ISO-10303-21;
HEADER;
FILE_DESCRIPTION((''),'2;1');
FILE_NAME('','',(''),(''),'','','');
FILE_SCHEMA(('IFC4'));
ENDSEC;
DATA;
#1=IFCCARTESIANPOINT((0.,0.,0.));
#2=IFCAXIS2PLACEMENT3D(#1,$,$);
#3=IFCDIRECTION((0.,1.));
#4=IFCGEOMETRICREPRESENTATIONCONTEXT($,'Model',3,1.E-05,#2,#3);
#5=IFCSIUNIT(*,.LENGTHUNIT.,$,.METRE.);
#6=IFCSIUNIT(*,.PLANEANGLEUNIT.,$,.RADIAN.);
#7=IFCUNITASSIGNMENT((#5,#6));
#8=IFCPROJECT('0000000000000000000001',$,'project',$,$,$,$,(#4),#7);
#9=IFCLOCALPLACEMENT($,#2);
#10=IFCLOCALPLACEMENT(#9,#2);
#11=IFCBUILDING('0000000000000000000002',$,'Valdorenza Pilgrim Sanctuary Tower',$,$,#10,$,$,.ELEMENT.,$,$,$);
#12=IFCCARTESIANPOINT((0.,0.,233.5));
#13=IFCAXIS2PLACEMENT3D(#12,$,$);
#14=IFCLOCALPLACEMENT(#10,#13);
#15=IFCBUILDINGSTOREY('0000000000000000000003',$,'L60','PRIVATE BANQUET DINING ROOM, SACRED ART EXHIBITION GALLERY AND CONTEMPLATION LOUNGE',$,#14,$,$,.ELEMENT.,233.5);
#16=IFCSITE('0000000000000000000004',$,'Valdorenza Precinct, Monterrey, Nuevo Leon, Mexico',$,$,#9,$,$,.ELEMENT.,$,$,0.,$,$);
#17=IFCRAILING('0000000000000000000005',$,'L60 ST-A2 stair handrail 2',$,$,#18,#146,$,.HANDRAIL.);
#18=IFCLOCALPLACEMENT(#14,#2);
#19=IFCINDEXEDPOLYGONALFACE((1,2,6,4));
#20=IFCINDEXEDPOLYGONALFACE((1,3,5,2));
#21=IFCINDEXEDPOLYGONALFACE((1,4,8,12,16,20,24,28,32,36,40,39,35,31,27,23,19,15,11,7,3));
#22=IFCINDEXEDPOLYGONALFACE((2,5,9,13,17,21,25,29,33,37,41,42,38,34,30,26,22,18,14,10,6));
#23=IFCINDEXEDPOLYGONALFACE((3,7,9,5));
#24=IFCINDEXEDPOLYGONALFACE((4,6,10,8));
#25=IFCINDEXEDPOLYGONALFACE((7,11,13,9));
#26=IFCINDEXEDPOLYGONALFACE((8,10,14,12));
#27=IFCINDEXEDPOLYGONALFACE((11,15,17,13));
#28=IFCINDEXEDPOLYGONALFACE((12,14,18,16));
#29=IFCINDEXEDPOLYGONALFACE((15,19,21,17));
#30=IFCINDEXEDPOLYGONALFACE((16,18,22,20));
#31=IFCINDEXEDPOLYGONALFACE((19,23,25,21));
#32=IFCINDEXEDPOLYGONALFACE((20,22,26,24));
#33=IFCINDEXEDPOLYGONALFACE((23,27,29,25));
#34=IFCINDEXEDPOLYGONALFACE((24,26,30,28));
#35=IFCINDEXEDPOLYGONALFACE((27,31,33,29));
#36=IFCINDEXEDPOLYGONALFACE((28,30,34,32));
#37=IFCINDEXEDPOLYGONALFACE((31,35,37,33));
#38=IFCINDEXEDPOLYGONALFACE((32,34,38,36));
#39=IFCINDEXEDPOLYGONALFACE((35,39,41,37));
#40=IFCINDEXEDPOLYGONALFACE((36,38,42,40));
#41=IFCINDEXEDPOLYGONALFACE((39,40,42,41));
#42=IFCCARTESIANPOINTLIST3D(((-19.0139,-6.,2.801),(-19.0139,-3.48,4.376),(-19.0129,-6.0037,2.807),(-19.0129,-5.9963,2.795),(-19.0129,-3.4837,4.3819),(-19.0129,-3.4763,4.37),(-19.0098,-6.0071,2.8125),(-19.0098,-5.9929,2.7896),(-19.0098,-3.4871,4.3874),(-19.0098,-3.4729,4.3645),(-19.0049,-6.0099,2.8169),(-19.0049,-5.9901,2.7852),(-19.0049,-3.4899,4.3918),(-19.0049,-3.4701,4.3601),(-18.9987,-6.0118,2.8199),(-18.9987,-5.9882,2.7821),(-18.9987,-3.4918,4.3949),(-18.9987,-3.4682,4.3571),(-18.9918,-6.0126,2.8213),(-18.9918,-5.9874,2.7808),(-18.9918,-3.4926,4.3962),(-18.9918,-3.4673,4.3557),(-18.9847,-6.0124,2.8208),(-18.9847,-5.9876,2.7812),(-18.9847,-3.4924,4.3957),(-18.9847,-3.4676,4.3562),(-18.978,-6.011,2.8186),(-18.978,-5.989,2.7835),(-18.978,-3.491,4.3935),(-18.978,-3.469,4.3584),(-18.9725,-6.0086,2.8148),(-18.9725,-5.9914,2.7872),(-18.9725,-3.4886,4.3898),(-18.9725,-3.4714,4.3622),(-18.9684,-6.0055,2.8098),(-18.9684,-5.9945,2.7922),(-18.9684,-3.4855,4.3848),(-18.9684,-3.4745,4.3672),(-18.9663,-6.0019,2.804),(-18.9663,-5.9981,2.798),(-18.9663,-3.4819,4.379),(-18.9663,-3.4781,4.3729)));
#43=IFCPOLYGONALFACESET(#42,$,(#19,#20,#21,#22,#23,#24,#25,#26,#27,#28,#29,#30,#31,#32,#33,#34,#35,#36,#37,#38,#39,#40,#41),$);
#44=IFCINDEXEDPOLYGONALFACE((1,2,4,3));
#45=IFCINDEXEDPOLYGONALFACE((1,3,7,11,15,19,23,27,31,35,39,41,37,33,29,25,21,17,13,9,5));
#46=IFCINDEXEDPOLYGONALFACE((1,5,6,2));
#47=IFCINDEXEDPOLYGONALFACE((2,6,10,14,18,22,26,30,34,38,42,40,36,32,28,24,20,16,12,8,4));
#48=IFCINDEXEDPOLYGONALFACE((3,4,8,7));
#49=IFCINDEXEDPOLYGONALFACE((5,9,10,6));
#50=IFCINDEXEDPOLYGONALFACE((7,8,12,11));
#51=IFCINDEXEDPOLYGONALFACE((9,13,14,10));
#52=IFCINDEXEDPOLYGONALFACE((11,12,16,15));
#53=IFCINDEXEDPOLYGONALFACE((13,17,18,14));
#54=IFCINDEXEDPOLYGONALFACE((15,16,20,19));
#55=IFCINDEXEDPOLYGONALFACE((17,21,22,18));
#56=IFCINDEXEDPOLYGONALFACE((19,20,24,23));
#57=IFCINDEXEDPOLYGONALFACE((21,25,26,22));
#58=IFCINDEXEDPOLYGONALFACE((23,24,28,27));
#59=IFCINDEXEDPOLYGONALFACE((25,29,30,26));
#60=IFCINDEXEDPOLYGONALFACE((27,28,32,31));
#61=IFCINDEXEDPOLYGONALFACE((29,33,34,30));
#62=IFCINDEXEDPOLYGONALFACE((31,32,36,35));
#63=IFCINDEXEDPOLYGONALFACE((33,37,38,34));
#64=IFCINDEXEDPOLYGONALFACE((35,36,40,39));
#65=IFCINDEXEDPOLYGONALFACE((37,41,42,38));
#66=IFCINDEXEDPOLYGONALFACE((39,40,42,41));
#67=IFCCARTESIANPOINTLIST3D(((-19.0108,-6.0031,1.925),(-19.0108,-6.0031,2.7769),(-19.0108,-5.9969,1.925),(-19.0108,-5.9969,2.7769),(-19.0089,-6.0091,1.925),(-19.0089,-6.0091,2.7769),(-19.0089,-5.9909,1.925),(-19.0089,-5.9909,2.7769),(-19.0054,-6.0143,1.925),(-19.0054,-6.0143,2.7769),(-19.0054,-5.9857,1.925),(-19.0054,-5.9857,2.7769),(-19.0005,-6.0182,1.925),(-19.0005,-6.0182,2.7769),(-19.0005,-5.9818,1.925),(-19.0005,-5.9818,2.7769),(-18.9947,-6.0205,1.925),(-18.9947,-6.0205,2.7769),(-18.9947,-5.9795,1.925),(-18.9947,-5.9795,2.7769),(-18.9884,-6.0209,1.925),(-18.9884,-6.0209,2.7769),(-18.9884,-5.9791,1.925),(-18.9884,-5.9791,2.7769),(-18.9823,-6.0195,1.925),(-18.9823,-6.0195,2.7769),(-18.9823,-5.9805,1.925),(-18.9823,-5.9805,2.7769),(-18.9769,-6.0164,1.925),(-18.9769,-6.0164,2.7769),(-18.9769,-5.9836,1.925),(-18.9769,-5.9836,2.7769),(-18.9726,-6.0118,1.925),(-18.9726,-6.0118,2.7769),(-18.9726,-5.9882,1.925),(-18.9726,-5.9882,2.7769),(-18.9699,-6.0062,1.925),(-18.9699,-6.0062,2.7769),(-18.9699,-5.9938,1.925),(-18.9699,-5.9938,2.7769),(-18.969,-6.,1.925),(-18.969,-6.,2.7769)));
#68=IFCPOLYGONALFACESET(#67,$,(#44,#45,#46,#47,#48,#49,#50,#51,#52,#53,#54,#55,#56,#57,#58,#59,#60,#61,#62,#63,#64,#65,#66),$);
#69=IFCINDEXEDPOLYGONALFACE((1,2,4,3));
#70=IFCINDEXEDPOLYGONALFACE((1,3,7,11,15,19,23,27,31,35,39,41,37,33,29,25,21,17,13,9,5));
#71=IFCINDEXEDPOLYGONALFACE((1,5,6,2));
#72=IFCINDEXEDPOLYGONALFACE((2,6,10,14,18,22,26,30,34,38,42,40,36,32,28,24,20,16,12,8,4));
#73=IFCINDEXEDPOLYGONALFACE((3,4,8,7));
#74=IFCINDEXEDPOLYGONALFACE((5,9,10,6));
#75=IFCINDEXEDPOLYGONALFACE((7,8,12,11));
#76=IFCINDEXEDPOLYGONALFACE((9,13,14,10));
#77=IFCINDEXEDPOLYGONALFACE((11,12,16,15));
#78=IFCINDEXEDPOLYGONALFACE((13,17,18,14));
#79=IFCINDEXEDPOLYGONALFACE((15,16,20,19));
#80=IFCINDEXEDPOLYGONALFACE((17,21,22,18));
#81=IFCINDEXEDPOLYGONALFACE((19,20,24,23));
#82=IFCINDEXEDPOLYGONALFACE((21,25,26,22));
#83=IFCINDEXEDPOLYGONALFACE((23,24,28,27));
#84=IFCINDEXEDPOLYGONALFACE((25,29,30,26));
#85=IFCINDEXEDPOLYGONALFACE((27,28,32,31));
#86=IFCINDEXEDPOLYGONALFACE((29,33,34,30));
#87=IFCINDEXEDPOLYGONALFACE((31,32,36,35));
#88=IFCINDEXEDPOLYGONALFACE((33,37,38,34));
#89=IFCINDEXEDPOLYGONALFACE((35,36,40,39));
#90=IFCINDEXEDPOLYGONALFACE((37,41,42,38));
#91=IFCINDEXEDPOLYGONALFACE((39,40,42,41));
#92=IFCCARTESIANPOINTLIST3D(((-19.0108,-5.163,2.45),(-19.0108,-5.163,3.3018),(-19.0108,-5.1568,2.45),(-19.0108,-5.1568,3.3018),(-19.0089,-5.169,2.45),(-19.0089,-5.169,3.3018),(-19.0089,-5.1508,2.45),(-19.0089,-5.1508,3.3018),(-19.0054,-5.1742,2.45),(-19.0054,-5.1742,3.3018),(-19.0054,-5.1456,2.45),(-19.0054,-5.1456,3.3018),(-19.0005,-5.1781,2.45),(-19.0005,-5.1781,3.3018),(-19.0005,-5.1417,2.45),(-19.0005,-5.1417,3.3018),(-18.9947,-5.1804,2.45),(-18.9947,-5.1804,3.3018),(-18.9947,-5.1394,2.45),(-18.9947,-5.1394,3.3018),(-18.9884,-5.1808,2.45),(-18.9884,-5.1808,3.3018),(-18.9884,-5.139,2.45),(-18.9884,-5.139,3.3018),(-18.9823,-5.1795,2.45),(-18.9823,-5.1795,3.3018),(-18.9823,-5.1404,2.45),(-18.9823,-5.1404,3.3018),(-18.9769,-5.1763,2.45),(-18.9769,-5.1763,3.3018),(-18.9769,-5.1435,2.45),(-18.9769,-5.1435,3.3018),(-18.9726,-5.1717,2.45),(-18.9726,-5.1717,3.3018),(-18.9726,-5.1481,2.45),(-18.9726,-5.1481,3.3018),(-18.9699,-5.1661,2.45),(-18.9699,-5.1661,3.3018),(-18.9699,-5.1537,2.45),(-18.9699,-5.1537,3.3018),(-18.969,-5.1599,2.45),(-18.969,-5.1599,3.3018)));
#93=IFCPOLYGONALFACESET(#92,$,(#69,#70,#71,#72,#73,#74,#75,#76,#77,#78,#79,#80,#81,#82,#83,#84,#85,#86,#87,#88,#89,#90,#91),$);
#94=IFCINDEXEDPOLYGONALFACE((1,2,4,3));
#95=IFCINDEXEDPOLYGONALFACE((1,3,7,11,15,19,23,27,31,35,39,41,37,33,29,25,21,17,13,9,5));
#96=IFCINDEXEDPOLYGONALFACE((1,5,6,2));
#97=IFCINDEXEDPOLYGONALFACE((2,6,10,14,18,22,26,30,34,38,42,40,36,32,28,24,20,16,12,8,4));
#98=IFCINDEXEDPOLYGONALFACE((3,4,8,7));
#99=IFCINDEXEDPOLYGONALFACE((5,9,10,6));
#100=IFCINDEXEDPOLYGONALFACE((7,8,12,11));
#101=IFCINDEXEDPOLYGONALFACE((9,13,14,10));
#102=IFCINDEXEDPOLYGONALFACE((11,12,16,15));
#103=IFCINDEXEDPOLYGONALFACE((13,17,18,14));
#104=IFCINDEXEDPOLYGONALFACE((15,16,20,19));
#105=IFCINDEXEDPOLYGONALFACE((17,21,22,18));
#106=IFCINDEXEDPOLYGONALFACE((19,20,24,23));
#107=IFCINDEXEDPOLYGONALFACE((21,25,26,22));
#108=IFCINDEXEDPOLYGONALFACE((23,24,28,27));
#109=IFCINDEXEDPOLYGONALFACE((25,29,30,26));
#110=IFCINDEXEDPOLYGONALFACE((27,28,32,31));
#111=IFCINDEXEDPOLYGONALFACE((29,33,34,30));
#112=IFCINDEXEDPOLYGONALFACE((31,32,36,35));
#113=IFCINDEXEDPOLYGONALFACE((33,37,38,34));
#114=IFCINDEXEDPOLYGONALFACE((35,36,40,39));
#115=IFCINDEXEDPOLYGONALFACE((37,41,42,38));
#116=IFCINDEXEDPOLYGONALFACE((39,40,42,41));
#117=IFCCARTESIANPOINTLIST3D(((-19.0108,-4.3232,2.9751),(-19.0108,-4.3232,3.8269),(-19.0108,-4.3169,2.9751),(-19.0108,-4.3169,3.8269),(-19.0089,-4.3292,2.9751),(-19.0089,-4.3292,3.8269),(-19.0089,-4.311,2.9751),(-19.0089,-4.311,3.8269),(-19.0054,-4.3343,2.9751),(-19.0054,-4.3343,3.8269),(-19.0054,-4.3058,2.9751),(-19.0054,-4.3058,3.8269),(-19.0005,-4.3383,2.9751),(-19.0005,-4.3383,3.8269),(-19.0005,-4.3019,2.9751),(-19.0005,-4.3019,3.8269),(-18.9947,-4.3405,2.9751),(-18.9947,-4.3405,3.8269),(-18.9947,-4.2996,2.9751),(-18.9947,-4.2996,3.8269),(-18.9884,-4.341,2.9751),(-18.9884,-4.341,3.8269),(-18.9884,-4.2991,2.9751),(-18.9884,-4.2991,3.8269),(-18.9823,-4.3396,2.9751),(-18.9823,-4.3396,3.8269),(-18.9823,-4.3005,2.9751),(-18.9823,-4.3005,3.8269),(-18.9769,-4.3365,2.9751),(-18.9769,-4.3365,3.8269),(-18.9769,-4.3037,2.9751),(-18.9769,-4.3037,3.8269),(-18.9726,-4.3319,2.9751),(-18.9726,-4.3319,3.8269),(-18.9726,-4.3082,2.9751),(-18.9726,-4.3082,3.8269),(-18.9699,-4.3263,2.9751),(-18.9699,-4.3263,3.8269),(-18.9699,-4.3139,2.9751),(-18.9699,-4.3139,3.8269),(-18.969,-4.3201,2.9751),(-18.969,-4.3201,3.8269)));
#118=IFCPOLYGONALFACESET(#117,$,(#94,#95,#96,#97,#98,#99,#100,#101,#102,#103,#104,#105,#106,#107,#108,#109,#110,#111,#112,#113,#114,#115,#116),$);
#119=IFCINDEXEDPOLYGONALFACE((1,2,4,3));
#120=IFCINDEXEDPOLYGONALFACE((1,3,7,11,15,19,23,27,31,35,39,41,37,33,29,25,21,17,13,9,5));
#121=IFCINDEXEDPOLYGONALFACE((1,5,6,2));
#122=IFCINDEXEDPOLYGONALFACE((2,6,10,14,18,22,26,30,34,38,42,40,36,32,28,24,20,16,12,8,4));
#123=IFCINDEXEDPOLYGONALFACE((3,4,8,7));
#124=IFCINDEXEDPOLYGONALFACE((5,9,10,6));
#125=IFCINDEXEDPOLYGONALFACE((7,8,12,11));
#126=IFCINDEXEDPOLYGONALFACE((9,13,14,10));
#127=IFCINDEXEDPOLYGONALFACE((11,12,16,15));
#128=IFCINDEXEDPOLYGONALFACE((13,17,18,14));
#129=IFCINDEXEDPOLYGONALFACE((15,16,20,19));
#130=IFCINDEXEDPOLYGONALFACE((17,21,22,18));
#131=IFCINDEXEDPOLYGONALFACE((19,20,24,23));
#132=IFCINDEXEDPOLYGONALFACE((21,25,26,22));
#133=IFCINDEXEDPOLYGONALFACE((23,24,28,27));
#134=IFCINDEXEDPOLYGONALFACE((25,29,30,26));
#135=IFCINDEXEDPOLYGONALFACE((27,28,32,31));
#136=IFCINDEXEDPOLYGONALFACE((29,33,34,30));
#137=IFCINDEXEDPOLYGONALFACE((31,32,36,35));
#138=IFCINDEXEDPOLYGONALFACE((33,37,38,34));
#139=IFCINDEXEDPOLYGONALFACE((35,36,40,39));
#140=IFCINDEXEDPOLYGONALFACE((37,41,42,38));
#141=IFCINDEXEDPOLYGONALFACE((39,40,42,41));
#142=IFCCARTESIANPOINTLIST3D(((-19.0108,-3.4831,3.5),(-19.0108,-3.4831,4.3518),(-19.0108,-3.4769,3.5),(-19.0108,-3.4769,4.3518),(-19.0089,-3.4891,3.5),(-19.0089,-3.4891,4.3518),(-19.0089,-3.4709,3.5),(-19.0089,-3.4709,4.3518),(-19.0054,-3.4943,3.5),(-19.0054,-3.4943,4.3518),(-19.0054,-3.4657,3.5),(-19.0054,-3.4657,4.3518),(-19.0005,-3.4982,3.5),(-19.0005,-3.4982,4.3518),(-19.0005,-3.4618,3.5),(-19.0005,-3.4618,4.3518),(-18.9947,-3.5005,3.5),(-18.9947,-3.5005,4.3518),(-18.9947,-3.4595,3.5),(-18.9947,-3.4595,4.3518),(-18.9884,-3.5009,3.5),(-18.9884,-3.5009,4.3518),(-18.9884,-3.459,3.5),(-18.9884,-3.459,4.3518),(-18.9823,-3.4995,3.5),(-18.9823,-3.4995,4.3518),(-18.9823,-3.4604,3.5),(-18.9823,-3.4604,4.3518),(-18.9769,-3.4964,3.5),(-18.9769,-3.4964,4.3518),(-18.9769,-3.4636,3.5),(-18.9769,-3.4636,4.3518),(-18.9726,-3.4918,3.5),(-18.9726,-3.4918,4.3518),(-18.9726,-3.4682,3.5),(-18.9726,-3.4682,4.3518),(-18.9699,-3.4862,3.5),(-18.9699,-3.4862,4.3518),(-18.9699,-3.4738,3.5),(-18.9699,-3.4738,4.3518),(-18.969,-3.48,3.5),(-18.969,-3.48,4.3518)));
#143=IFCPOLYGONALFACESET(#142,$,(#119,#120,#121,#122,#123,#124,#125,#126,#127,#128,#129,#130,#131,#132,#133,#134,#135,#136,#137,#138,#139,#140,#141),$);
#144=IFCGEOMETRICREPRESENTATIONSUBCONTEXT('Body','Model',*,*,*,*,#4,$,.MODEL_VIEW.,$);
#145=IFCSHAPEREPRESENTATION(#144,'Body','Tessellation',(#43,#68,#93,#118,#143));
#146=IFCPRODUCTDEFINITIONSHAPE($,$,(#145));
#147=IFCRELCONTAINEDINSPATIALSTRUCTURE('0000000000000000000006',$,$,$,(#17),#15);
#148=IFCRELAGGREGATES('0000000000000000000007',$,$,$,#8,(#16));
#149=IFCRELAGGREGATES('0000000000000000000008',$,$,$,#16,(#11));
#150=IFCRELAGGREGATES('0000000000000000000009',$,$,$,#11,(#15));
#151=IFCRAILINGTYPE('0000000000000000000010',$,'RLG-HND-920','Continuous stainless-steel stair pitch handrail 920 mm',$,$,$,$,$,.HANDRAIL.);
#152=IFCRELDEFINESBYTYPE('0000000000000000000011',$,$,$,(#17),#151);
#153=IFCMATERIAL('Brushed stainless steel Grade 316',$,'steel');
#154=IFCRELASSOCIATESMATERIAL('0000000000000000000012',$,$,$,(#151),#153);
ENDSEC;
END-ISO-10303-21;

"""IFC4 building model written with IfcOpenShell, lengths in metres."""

from ifc_helpers import new_model, si_unit, direction, frame, origin, origin_2d, place, context, subcontext, project, spatial, circle, extrude, material, type_object, element, save


model = new_model("IFC4")

# Units and contexts
model_context = context("Model", 3, precision=1e-05, world=origin(), true_north=direction((0.0, 1.0)))
body_context = subcontext(model_context, "Body", "Model", "MODEL_VIEW")
ifc_project = project(units=[si_unit("LENGTHUNIT", "METRE"), si_unit("PLANEANGLEUNIT", "RADIAN")], contexts=[model_context])

# Site, building, storey
site_placement = place(None, origin())
site = spatial("IfcSite", under=ifc_project, at=site_placement, Name="Valdorenza Precinct, Monterrey, Nuevo Leon, Mexico", CompositionType="ELEMENT", RefElevation=0.0)
building_placement = place(site_placement, origin())
building = spatial("IfcBuilding", under=site, at=building_placement, Name="Valdorenza Pilgrim Sanctuary Tower", CompositionType="ELEMENT")
storey_placement = place(building_placement, frame((0.0, 0.0, 233.5)))
storey = spatial("IfcBuildingStorey", under=building, at=storey_placement, Name="L60", Description="PRIVATE BANQUET DINING ROOM, SACRED ART EXHIBITION GALLERY AND CONTEMPLATION LOUNGE", CompositionType="ELEMENT", Elevation=233.5)

# Shared definitions
ifc_material_1 = material(Name="Brushed stainless steel Grade 316", Category="steel")

# Railing
railing_type_1 = type_object("IfcRailingType", Name="RLG-HND-920", Description="Continuous stainless-steel stair pitch handrail 920 mm", PredefinedType="HANDRAIL", material=ifc_material_1)
railing_1_placement = place(storey_placement, frame((-18.99, -6.0, 1.925)))
element("IfcRailing", 1, at=railing_1_placement, inside=storey, type_object=railing_type_1, Name="L60 ST-A2 stair handrail 2", PredefinedType="HANDRAIL", context=body_context, shape_type="SweptSolid", body=[
    extrude(circle(Radius=0.0239, at=origin_2d()), frame((0.0, 0.0, 0.876), z_axis=(0.0, 0.848008, 0.529984), x_axis=(-1.0, 0.0, 0.0)), (0.0, 0.0, 1.0), 2.9717),
    extrude(circle(Radius=0.021, at=origin_2d()), origin(), (0.0, 0.0, 1.0), 0.8518),
    extrude(circle(Radius=0.021, at=origin_2d()), frame((0.0, 0.8401, 0.5249)), (0.0, 0.0, 1.0), 0.8518),
    extrude(circle(Radius=0.021, at=origin_2d()), frame((0.0, 1.6799, 1.05)), (0.0, 0.0, 1.0), 0.8518),
    extrude(circle(Radius=0.021, at=origin_2d()), frame((0.0, 2.52, 1.575)), (0.0, 0.0, 1.0), 0.8518),
])

save(model, "model.ifc")
